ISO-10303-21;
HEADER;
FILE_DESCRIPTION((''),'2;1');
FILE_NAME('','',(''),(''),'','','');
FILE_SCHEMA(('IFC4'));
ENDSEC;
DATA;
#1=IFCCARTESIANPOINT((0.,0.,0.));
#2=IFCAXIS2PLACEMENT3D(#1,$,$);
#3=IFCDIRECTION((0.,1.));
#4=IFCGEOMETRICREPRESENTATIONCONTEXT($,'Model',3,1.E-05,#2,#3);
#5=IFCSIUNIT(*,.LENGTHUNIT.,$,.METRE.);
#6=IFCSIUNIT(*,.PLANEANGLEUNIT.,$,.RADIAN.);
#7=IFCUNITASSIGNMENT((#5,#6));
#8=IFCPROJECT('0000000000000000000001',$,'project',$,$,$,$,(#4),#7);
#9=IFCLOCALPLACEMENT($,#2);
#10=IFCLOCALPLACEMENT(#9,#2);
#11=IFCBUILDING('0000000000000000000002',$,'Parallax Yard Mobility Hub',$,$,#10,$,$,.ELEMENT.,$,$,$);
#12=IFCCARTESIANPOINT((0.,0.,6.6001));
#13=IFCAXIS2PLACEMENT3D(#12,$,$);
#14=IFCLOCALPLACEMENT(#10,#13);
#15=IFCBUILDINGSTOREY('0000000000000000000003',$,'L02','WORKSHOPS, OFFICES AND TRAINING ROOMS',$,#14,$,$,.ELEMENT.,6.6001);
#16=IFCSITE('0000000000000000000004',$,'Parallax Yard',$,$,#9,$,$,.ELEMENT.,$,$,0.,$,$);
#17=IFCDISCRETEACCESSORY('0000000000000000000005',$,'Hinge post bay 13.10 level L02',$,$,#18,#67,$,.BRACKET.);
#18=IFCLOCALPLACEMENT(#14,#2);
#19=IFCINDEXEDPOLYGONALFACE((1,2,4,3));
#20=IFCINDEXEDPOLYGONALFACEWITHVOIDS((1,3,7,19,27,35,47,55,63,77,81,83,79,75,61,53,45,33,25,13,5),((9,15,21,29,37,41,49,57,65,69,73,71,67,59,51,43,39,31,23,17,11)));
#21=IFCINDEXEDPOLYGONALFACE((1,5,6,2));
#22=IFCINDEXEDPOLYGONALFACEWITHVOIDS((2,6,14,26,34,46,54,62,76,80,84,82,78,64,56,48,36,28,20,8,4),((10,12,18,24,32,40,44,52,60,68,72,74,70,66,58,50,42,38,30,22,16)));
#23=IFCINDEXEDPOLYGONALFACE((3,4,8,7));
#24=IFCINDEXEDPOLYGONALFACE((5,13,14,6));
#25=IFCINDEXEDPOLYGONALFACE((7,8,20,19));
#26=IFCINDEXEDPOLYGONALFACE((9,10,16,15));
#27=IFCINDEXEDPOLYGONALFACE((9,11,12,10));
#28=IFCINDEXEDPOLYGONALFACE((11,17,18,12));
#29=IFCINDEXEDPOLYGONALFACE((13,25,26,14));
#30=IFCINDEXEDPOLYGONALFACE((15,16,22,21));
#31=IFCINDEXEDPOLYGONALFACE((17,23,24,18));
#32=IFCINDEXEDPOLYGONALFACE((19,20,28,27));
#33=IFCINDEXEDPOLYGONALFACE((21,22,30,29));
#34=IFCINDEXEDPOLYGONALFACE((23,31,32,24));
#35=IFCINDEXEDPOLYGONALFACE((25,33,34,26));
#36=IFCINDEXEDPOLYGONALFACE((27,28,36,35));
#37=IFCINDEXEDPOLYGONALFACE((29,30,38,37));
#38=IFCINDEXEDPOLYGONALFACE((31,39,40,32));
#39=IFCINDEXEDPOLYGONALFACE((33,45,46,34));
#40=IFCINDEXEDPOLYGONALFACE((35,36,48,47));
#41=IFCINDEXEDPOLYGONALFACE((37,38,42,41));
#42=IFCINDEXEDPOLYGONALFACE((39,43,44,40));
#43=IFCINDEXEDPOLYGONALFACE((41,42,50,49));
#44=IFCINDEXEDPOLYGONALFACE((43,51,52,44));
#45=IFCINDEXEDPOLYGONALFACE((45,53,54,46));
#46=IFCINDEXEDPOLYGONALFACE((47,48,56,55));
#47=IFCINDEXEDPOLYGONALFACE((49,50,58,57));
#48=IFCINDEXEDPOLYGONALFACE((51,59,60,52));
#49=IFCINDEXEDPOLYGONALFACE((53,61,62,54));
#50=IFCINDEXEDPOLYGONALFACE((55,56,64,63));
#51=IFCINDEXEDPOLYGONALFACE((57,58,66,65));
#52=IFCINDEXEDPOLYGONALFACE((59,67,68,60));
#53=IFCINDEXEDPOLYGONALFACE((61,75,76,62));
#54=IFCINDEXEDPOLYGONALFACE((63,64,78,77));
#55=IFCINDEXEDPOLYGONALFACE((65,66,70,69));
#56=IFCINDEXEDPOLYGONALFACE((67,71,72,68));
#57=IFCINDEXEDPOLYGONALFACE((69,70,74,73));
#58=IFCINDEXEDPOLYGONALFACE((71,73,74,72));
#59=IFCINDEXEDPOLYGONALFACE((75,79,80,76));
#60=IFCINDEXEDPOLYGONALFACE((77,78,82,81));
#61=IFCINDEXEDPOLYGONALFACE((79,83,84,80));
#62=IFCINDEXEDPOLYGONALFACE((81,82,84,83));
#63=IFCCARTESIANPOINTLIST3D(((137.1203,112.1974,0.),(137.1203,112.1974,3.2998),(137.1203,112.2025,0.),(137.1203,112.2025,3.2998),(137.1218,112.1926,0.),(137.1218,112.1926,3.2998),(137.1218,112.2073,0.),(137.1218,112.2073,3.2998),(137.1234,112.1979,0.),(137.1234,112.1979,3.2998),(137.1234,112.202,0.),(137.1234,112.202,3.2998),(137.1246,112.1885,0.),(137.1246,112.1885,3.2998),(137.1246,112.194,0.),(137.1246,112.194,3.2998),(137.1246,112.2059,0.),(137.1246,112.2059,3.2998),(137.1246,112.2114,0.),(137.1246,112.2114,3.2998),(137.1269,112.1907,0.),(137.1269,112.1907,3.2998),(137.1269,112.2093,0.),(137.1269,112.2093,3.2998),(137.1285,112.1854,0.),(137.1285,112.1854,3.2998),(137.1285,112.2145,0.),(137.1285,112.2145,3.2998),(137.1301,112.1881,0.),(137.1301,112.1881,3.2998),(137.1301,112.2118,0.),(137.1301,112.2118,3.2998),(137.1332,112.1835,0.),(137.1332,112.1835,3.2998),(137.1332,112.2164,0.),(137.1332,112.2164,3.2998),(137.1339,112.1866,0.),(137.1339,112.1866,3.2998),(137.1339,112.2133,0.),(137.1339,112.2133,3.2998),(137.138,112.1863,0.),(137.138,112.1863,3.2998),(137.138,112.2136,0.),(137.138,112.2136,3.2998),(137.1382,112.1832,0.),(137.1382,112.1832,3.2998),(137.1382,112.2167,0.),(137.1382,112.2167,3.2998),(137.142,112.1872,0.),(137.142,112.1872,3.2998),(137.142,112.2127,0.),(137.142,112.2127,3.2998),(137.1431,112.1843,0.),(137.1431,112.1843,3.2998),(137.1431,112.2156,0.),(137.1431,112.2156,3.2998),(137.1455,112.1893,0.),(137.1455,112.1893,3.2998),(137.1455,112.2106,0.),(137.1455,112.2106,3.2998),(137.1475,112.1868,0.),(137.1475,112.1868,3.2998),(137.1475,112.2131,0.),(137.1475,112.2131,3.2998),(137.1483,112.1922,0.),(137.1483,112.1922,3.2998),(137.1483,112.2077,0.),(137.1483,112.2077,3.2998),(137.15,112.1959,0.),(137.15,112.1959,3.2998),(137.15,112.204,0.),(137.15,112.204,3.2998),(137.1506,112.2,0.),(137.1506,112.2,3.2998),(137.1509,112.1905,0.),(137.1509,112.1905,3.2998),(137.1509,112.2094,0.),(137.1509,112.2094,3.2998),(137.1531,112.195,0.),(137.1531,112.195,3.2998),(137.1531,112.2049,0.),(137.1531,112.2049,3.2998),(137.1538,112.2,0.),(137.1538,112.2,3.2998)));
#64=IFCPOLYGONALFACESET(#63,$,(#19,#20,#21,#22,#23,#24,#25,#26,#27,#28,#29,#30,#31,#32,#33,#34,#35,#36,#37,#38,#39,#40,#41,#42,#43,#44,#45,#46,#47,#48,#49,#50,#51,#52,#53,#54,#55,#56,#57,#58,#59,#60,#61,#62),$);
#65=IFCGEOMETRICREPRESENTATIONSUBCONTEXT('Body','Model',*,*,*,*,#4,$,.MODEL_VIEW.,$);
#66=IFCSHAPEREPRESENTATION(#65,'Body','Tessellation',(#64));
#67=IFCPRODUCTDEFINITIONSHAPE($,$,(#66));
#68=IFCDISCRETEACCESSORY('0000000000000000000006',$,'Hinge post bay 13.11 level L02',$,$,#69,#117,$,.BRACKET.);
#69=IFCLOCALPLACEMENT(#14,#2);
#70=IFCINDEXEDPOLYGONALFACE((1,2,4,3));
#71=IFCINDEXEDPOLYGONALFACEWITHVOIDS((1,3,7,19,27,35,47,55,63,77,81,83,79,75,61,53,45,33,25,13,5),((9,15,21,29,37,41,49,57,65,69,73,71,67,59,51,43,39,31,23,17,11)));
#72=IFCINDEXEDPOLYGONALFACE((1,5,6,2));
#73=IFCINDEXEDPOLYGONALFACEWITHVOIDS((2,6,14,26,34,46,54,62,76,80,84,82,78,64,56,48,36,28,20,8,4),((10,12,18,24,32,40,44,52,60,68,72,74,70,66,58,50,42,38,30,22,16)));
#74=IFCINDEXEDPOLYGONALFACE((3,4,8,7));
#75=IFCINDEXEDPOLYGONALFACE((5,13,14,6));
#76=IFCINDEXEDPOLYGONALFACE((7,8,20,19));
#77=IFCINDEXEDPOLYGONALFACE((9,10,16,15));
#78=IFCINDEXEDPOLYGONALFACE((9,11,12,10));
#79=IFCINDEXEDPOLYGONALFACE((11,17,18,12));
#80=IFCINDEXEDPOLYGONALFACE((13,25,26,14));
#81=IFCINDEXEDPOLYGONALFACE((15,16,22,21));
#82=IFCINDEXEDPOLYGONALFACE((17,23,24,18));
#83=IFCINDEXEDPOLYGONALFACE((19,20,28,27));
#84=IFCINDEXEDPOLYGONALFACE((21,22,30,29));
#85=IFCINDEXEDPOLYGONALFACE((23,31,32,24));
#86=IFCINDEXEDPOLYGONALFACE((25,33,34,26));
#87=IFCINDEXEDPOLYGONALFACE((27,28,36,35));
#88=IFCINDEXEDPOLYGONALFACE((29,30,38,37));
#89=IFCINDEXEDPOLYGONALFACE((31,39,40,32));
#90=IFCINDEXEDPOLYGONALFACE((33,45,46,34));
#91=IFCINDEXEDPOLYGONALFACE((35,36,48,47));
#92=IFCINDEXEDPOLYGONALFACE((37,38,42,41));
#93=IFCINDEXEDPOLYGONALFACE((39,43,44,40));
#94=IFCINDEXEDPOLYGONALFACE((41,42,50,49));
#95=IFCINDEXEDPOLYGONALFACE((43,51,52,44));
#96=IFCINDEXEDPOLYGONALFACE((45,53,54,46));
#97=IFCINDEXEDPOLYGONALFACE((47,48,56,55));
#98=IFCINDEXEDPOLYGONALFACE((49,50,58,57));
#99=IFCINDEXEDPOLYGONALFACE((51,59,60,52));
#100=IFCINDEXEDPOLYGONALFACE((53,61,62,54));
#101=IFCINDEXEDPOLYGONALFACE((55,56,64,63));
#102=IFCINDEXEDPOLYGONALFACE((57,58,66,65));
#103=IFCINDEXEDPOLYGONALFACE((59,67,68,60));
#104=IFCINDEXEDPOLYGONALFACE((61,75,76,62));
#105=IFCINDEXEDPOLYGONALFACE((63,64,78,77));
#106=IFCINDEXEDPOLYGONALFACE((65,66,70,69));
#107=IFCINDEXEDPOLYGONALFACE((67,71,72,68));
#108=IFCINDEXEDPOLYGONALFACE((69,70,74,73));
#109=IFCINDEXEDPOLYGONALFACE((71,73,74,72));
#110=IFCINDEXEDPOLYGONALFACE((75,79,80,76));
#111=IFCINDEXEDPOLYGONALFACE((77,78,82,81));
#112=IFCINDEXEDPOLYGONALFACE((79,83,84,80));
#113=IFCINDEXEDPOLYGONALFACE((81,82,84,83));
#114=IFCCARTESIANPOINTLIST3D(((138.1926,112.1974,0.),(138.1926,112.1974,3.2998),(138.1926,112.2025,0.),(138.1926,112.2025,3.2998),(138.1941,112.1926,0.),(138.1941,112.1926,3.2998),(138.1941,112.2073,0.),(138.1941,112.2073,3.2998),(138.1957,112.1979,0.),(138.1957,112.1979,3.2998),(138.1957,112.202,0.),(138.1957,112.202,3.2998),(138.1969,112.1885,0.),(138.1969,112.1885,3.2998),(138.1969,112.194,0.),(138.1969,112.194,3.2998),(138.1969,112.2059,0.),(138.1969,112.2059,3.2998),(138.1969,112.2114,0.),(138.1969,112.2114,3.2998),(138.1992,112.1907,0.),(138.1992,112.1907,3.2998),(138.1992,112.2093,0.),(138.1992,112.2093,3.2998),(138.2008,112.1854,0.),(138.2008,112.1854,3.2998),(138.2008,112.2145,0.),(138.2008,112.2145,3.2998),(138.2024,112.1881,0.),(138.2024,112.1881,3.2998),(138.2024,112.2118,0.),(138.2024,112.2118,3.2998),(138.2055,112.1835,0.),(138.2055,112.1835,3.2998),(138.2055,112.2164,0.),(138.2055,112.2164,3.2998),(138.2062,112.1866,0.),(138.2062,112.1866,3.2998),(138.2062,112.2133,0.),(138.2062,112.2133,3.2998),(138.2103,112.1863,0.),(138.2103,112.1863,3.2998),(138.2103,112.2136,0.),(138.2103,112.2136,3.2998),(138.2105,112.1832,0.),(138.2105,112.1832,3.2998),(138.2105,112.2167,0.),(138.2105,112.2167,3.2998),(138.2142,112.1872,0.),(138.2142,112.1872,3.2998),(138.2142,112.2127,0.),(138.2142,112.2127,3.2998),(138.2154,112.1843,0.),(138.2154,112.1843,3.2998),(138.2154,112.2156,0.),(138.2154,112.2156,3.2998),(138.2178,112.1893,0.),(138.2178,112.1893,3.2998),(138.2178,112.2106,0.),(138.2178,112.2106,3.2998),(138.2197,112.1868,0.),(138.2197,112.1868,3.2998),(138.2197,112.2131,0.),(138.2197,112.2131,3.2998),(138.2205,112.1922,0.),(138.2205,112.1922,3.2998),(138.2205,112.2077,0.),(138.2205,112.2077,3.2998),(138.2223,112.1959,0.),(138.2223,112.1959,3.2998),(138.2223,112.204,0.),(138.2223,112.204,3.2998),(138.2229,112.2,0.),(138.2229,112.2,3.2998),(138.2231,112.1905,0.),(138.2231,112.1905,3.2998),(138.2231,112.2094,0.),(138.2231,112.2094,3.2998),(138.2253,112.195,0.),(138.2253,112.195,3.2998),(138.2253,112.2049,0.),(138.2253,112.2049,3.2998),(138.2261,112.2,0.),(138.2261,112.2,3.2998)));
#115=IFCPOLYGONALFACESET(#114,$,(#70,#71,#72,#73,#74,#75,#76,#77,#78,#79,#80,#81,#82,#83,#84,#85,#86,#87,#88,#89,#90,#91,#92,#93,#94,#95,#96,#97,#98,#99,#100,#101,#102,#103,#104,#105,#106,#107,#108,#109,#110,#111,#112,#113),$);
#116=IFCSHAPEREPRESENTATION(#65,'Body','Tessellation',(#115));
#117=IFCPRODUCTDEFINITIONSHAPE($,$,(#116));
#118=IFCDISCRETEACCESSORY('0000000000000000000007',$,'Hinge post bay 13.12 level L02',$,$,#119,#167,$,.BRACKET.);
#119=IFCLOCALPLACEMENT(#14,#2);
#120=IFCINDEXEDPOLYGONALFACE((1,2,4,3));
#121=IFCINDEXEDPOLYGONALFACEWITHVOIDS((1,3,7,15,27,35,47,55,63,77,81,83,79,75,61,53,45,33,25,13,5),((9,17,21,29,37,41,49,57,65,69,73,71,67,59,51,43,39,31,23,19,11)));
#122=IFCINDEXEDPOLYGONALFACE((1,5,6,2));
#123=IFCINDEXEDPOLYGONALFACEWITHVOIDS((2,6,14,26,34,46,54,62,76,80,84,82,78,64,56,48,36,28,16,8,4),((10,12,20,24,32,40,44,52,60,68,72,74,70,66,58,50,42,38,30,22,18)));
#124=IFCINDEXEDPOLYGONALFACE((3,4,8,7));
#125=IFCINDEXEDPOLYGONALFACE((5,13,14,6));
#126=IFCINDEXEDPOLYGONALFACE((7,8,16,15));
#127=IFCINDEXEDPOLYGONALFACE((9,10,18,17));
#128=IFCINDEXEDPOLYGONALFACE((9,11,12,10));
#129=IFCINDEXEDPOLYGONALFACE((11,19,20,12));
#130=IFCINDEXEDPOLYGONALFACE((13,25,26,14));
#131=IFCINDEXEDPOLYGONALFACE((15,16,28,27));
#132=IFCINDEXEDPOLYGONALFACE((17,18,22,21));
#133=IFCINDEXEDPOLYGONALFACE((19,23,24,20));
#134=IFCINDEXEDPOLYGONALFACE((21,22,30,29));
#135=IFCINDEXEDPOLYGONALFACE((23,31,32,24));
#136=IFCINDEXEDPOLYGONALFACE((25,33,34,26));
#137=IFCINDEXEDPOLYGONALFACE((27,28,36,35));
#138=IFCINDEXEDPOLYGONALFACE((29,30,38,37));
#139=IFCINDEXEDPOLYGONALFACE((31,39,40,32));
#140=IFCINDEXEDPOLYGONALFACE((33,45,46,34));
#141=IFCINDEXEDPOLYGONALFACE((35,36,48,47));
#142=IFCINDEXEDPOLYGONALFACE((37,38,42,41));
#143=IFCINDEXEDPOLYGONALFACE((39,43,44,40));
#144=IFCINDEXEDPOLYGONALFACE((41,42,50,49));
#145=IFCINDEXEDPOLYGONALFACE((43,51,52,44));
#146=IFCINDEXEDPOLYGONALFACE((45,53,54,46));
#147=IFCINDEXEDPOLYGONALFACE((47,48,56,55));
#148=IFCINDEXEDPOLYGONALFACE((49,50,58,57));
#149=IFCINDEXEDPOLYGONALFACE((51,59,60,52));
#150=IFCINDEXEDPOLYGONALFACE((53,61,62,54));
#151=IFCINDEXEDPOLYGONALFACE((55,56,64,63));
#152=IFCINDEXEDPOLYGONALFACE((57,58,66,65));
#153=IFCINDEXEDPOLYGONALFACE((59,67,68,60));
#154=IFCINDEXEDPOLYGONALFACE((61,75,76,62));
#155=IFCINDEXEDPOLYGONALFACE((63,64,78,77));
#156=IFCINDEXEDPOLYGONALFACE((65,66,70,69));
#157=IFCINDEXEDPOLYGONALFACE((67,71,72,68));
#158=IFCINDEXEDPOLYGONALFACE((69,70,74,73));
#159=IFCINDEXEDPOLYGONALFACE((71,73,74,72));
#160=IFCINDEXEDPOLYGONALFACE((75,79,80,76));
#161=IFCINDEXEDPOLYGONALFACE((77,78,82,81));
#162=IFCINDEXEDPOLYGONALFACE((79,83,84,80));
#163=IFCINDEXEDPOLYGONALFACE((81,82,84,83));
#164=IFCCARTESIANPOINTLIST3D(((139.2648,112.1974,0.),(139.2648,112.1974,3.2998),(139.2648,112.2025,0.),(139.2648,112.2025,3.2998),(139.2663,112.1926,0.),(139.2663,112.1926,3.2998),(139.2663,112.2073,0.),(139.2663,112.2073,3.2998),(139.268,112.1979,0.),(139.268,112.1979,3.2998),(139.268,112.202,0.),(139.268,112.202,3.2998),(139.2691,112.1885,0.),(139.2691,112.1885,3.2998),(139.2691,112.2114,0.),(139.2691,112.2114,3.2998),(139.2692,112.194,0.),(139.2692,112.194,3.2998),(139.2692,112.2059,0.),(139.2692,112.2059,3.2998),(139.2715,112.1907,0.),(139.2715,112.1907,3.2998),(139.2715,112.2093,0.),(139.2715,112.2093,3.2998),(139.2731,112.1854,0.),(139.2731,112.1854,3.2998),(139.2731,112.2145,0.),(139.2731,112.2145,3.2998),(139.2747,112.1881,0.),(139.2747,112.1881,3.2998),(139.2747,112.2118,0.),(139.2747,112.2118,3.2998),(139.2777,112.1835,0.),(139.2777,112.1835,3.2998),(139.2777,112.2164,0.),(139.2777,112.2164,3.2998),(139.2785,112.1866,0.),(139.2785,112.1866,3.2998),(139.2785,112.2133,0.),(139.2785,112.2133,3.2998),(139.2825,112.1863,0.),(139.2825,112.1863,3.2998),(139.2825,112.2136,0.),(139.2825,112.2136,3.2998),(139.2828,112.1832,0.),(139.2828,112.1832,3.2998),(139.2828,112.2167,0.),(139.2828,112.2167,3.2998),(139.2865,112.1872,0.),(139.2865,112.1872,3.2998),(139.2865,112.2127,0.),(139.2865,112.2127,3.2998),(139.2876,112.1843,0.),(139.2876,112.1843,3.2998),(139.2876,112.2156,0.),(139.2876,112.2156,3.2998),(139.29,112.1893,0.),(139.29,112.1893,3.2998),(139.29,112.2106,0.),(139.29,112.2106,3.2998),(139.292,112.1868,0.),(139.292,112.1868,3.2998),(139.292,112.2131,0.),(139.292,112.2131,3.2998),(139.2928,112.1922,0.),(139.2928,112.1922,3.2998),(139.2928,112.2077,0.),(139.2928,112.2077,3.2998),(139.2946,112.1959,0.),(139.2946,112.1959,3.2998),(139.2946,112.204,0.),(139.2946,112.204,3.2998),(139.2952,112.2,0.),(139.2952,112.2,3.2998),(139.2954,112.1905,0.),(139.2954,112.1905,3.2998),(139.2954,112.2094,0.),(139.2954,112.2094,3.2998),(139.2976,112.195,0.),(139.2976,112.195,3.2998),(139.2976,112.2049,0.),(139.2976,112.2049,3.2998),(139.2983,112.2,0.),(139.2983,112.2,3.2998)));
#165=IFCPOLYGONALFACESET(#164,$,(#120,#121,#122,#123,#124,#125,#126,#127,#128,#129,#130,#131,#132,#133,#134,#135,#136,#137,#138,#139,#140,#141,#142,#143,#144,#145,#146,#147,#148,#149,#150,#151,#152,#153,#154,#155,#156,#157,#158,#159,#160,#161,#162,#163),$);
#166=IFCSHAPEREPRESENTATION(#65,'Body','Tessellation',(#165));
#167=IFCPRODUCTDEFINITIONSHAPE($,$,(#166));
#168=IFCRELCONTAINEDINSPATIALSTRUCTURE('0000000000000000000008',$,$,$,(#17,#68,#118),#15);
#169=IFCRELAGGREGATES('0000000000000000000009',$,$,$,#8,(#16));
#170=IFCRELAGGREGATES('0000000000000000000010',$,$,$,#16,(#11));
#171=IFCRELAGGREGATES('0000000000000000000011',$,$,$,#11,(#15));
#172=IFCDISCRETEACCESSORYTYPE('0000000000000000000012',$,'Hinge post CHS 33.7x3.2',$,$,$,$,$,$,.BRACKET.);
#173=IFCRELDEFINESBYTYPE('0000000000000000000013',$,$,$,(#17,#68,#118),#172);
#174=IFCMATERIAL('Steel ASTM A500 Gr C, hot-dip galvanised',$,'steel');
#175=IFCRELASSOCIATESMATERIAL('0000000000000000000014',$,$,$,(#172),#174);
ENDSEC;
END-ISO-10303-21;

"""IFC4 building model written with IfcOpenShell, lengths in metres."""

from ifc_helpers import new_model, si_unit, direction, frame, origin, origin_2d, place, context, subcontext, project, spatial, hollow_circle, extrude, material, material_profile, profile_set, type_object, element, save


model = new_model("IFC4")

# Units and contexts
model_context = context("Model", 3, precision=1e-05, world=origin(), true_north=direction((0.0, 1.0)))
body_context = subcontext(model_context, "Body", "Model", "MODEL_VIEW")
ifc_project = project(units=[si_unit("LENGTHUNIT", "METRE"), si_unit("PLANEANGLEUNIT", "RADIAN")], contexts=[model_context])

# Site, building, storey
site_placement = place(None, origin())
site = spatial("IfcSite", under=ifc_project, at=site_placement, Name="Parallax Yard", CompositionType="ELEMENT", RefElevation=0.0)
building_placement = place(site_placement, origin())
building = spatial("IfcBuilding", under=site, at=building_placement, Name="Parallax Yard Mobility Hub", CompositionType="ELEMENT")
storey_placement = place(building_placement, frame((0.0, 0.0, 6.6001)))
storey = spatial("IfcBuildingStorey", under=building, at=storey_placement, Name="L02", Description="WORKSHOPS, OFFICES AND TRAINING ROOMS", CompositionType="ELEMENT", Elevation=6.6001)

# Discrete accessories
ifc_material_1 = material(Name="Steel ASTM A500 Gr C, hot-dip galvanised", Category="steel")
ifc_material_profile_1 = material_profile(ifc_material_1, hollow_circle(Radius=0.0168, WallThickness=0.0032, at=origin_2d()), Name="CHS 33.7x3.2")
ifc_profile_set_1 = profile_set([ifc_material_profile_1], Name="Steel ASTM A500 Gr C, hot-dip galvanised")
discrete_accessory_type_1 = type_object("IfcDiscreteAccessoryType", Name="Hinge post CHS 33.7x3.2", PredefinedType="BRACKET", material=ifc_profile_set_1)
for number, where, z_axis, x_axis, name in (
    (1, (137.137, 112.2, 0.0), (0.0, 0.0, 1.0), (1.0, 0.0, 0.0), "Hinge post bay 13.10 level L02"),
    (2, (138.2092, 112.2, 0.0), (0.0, 0.0, 1.0), (1.0, 0.0, 0.0), "Hinge post bay 13.11 level L02"),
    (3, (139.2815, 112.2, 0.0), (0.0, 0.0, 1.0), (1.0, 0.0, 0.0), "Hinge post bay 13.12 level L02"),
):
    element("IfcDiscreteAccessory", number, at=place(storey_placement, frame(where, z_axis=z_axis, x_axis=x_axis)), inside=storey, type_object=discrete_accessory_type_1, Name=name, PredefinedType="BRACKET", context=body_context, shape_type="SweptSolid", body=[
        extrude(hollow_circle(Radius=0.0168, WallThickness=0.0032, at=origin_2d()), origin(), (0.0, 0.0, 1.0), 3.2998),
    ])

save(model, "model.ifc")
